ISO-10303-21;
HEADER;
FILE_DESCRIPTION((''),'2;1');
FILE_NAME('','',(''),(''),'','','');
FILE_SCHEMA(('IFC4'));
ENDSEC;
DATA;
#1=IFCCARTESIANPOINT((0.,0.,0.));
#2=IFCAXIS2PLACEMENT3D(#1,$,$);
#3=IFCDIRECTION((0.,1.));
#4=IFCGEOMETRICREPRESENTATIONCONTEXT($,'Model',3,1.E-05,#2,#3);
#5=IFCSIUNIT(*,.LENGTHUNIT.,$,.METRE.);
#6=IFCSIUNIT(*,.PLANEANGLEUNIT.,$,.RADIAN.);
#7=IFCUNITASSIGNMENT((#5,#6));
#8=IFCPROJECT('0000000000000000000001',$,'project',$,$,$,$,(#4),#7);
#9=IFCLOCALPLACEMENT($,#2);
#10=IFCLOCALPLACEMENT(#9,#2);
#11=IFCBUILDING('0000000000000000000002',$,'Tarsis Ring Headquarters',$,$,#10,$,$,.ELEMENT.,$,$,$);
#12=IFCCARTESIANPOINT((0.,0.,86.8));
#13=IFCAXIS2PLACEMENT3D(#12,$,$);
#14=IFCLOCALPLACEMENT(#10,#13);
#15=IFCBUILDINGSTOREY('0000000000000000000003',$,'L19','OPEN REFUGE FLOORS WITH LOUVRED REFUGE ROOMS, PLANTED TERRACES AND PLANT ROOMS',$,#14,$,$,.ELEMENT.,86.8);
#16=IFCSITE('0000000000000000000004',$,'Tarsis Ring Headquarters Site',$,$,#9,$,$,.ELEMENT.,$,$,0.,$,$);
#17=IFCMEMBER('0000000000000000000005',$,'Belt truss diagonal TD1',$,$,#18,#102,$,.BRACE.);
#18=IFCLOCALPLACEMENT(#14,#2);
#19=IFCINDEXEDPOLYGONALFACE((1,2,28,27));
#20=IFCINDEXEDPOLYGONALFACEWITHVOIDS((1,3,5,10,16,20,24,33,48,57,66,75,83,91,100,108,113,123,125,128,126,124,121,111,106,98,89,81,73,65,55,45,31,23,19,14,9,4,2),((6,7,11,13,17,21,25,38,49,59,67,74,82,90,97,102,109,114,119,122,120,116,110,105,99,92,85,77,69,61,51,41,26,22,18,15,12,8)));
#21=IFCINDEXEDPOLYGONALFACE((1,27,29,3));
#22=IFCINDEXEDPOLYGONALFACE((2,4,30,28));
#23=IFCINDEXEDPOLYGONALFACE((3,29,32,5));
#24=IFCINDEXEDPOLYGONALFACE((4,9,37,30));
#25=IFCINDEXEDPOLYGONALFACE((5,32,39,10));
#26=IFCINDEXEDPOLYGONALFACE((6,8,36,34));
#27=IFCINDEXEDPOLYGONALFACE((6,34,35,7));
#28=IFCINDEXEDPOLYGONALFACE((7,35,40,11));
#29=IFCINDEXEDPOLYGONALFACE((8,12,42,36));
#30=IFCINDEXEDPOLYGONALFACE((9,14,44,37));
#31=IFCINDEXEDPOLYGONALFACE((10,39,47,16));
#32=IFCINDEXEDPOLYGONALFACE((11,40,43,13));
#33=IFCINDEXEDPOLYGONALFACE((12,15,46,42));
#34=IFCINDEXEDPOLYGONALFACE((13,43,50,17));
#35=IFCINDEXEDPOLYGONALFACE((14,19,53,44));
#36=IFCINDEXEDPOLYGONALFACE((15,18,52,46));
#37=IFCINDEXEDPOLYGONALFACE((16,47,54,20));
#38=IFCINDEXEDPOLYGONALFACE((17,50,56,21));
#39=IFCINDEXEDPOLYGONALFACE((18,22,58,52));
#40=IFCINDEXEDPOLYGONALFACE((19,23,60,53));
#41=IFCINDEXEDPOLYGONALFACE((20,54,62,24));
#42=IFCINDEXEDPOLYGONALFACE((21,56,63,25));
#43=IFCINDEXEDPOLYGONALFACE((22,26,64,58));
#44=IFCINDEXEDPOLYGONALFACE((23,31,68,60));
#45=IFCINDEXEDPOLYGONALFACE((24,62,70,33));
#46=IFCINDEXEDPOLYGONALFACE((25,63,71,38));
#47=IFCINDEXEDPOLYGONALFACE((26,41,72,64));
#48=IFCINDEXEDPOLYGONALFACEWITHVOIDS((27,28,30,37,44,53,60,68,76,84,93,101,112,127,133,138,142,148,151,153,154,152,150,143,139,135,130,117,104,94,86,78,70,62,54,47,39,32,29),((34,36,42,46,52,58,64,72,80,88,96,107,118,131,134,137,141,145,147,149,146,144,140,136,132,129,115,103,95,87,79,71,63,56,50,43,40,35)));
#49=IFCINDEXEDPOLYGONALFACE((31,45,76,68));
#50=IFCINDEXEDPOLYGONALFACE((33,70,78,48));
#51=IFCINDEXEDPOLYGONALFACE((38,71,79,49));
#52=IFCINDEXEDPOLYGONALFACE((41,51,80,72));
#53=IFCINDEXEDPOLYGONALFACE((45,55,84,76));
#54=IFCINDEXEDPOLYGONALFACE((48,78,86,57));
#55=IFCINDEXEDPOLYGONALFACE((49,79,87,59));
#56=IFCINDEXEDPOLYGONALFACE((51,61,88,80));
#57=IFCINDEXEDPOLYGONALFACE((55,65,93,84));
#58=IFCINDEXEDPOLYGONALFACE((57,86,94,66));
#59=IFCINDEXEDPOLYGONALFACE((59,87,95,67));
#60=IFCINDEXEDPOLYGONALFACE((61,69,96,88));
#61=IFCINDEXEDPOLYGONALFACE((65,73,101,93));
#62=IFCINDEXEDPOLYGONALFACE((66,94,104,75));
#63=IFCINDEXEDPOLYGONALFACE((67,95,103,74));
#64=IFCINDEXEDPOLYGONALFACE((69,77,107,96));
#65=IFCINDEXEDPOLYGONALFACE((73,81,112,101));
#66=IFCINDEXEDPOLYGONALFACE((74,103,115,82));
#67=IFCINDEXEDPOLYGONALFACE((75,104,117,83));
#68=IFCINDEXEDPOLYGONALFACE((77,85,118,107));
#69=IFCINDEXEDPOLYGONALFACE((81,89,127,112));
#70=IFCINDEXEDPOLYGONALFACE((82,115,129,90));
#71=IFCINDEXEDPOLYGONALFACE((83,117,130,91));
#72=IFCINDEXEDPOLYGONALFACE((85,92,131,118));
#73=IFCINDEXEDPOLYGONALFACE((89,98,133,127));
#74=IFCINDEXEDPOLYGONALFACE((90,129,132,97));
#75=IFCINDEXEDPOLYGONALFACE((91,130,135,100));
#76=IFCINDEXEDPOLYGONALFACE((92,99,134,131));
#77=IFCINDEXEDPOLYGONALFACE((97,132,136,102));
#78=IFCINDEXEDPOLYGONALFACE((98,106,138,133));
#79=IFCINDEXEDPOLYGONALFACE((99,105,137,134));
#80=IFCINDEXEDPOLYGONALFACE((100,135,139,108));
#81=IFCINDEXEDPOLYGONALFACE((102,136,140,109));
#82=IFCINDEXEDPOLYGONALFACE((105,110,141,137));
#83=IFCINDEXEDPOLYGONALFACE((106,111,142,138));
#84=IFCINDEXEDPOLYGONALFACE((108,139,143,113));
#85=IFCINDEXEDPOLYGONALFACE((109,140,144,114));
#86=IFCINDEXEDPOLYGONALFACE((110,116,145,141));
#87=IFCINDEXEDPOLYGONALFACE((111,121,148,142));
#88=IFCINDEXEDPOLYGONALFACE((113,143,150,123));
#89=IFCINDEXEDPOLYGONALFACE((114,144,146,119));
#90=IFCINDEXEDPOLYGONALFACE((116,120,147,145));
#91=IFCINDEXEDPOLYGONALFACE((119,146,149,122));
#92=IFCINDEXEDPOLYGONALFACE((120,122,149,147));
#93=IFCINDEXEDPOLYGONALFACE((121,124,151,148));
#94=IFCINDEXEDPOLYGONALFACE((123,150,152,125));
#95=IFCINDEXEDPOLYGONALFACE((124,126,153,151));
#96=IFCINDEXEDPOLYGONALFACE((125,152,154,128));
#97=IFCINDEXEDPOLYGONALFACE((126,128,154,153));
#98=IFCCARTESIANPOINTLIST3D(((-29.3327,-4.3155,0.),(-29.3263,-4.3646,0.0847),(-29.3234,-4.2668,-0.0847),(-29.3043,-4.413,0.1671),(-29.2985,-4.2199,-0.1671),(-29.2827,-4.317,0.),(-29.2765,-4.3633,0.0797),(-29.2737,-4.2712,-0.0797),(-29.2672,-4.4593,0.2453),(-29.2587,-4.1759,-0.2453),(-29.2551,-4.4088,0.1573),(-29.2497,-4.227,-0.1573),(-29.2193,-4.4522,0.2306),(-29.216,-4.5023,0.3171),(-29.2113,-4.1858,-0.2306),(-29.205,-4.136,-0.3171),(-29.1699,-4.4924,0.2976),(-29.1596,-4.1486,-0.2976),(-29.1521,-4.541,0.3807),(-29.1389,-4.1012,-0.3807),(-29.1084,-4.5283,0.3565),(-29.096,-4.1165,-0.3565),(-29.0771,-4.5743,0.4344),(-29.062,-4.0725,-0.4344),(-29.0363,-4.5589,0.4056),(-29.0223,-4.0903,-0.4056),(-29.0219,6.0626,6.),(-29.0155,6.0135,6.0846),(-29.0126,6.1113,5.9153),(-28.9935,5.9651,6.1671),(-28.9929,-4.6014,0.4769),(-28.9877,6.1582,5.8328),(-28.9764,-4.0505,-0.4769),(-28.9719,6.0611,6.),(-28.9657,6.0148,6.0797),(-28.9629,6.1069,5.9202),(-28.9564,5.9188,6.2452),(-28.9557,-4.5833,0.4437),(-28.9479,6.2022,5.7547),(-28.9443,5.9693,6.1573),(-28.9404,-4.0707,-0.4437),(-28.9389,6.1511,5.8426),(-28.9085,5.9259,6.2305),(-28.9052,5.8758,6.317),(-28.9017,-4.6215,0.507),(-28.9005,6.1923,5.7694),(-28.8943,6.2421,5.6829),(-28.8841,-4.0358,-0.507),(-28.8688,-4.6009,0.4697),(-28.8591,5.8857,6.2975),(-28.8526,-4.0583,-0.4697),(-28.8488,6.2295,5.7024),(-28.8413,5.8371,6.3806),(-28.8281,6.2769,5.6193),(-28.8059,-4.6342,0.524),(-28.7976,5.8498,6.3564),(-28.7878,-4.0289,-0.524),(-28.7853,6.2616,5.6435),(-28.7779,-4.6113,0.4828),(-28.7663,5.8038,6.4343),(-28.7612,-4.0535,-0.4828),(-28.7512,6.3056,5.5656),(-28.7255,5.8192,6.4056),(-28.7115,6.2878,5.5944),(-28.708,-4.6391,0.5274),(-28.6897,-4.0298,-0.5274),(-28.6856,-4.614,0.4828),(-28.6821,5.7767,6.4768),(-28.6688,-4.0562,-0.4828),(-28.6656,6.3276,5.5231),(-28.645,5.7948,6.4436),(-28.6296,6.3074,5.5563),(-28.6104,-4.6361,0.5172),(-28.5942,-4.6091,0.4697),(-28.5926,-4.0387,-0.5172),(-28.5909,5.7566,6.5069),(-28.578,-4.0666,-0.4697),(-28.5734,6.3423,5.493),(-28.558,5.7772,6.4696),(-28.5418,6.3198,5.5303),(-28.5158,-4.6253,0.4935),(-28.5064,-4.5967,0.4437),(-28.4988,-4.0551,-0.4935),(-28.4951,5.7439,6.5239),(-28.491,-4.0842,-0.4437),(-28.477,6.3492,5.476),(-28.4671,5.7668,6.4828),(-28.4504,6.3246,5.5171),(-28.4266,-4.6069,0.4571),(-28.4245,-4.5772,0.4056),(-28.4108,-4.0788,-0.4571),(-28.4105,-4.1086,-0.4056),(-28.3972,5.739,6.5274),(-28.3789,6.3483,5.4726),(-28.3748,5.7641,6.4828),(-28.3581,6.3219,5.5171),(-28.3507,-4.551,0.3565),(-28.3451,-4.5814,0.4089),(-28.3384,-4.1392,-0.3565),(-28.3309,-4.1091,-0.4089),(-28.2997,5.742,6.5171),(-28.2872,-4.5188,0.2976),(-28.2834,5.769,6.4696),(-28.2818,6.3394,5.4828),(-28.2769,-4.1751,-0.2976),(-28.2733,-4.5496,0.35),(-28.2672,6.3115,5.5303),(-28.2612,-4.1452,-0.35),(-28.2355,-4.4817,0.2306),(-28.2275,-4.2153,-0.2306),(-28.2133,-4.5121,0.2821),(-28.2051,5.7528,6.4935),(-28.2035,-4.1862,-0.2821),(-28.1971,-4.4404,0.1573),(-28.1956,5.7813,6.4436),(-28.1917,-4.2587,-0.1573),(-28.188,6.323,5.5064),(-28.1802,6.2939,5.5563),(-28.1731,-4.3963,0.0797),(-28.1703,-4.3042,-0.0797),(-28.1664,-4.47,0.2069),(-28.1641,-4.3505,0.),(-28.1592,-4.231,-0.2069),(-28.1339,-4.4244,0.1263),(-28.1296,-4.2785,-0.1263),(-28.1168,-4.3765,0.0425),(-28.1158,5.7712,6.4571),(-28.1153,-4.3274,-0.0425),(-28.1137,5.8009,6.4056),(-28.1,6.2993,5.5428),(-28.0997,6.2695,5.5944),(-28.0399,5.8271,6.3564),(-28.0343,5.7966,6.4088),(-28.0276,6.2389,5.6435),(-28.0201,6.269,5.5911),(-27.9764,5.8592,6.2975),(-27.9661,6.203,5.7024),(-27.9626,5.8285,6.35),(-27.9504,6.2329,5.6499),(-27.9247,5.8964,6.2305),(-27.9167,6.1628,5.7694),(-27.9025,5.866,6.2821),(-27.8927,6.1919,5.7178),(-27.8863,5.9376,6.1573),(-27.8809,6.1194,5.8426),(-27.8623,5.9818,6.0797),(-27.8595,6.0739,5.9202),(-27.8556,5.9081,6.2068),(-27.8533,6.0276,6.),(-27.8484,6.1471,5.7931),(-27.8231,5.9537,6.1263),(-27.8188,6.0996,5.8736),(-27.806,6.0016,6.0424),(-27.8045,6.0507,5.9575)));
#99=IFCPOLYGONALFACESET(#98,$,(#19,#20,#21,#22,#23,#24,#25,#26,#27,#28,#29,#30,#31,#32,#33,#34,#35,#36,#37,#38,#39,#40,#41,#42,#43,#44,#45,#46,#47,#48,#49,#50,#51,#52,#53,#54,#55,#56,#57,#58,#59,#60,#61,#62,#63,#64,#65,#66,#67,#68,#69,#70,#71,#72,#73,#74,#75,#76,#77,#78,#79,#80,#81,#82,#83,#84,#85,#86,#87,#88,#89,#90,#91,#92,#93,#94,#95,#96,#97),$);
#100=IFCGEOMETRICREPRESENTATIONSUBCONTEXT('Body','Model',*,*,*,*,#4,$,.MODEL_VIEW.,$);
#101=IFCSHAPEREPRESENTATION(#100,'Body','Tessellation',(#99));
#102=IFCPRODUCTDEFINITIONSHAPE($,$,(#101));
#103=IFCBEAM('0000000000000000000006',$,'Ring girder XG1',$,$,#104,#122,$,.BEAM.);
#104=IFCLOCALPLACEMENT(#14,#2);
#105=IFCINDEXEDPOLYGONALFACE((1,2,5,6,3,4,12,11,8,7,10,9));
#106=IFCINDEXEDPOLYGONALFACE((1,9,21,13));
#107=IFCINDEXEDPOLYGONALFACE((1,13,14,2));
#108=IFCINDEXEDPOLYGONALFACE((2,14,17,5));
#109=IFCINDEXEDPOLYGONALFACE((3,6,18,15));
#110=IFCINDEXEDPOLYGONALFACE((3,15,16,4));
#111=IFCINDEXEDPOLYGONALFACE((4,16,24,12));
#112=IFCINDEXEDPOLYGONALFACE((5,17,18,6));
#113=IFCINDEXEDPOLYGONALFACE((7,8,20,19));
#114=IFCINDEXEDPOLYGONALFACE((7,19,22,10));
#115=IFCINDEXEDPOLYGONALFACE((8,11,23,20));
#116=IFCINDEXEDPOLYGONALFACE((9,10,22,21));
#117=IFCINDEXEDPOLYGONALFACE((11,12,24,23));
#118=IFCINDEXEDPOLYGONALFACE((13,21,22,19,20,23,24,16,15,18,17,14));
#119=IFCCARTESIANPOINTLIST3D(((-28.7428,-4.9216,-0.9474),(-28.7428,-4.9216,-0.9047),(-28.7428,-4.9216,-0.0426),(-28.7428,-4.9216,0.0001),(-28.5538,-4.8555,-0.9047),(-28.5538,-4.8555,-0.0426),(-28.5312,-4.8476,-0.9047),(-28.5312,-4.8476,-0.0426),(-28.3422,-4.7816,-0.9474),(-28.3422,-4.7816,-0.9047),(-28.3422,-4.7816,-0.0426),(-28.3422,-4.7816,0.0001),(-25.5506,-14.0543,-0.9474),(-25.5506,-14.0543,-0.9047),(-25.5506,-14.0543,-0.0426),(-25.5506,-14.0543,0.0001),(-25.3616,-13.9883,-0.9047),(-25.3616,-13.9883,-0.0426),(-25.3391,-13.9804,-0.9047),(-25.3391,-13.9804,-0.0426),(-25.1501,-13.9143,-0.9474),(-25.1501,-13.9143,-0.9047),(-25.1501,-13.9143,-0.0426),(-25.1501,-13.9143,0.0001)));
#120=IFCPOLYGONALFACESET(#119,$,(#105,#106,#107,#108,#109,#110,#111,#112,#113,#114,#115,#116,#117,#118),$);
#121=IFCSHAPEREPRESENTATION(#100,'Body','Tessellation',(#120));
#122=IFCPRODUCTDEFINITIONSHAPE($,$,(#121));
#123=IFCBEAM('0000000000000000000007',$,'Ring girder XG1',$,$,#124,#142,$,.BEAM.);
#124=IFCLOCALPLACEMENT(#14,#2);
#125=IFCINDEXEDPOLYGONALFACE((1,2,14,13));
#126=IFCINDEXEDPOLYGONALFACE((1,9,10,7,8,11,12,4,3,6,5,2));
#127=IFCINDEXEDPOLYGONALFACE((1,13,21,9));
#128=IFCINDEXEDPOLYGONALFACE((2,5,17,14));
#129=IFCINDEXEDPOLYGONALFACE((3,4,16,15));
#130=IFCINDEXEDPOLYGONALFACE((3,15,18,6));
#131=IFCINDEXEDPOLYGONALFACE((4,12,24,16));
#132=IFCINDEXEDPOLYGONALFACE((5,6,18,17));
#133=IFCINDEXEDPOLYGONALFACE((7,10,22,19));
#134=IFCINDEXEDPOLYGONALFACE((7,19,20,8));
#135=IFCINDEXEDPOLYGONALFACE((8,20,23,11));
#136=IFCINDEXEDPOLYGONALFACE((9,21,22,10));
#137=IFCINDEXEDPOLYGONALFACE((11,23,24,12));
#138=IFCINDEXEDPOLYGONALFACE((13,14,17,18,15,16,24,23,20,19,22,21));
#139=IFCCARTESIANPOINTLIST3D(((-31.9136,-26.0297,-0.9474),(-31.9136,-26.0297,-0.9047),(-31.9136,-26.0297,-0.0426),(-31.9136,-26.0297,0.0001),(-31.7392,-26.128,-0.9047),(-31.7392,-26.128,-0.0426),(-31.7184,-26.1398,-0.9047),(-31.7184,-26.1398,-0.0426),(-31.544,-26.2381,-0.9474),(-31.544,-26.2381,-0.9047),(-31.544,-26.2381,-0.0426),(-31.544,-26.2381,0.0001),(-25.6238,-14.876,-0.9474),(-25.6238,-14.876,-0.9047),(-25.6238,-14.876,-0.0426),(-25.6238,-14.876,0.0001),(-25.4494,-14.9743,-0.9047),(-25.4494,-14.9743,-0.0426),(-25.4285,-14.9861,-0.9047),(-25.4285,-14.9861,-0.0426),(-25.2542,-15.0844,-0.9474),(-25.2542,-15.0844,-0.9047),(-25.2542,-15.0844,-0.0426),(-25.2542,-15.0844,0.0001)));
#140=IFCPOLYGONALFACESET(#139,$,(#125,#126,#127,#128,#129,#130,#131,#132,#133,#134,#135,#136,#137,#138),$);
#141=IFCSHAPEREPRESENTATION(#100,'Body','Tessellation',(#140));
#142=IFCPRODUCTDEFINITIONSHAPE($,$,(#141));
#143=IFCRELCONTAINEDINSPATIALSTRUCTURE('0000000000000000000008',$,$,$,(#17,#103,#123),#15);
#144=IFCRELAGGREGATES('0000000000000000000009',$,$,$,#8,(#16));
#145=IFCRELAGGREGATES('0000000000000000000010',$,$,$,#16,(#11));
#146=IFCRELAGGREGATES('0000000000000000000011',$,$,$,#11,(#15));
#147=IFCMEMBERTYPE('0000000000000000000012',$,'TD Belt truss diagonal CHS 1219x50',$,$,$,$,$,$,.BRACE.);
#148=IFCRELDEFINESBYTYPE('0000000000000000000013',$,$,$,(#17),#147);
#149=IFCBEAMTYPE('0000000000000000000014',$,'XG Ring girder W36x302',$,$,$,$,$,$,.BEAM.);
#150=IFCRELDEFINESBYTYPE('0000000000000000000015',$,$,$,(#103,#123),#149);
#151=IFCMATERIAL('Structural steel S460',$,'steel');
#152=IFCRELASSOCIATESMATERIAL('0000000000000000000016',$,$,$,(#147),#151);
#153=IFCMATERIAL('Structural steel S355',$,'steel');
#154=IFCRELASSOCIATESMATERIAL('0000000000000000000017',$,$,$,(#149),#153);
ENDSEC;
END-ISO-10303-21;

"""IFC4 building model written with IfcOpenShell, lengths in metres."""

from ifc_helpers import new_model, si_unit, direction, frame, origin, origin_2d, place, context, subcontext, project, spatial, hollow_circle, i_section, extrude, material, material_profile, profile_set, type_object, element, save


model = new_model("IFC4")

# Units and contexts
model_context = context("Model", 3, precision=1e-05, world=origin(), true_north=direction((0.0, 1.0)))
body_context = subcontext(model_context, "Body", "Model", "MODEL_VIEW")
ifc_project = project(units=[si_unit("LENGTHUNIT", "METRE"), si_unit("PLANEANGLEUNIT", "RADIAN")], contexts=[model_context])

# Site, building, storey
site_placement = place(None, origin())
site = spatial("IfcSite", under=ifc_project, at=site_placement, Name="Tarsis Ring Headquarters Site", CompositionType="ELEMENT", RefElevation=0.0)
building_placement = place(site_placement, origin())
building = spatial("IfcBuilding", under=site, at=building_placement, Name="Tarsis Ring Headquarters", CompositionType="ELEMENT")
storey_placement = place(building_placement, frame((0.0, 0.0, 86.8)))
storey = spatial("IfcBuildingStorey", under=building, at=storey_placement, Name="L19", Description="OPEN REFUGE FLOORS WITH LOUVRED REFUGE ROOMS, PLANTED TERRACES AND PLANT ROOMS", CompositionType="ELEMENT", Elevation=86.8)

# Shared definitions
ifc_material_1 = material(Name="Structural steel S460", Category="steel")
ifc_material_profile_1 = material_profile(ifc_material_1, hollow_circle(Radius=0.6096, WallThickness=0.05, at=origin_2d()), Name="CHS 1219x50")
ifc_profile_set_1 = profile_set([ifc_material_profile_1], Name="Structural steel S460")

# Shared definitions
ifc_material_2 = material(Name="Structural steel S355", Category="steel")
ifc_material_profile_2 = material_profile(ifc_material_2, i_section(OverallWidth=0.4243, OverallDepth=0.9475, WebThickness=0.0239, FlangeThickness=0.0427, at=origin_2d()), Name="W36x302")
ifc_profile_set_2 = profile_set([ifc_material_profile_2], Name="Structural steel S355")

# Member
member_type = type_object("IfcMemberType", Name="TD Belt truss diagonal CHS 1219x50", PredefinedType="BRACE", material=ifc_profile_set_1)
member_1_placement = place(storey_placement, frame((-28.7234, -4.3337, 0.0), z_axis=(0.025917, 0.86544, 0.500342), x_axis=(-0.999552, 0.029933, 0.0)))
element("IfcMember", 1, at=member_1_placement, inside=storey, type_object=member_type, Name="Belt truss diagonal TD1", PredefinedType="BRACE", context=body_context, shape_type="SweptSolid", body=[
    extrude(hollow_circle(Radius=0.6096, WallThickness=0.05, at=origin_2d()), origin(), (0.0, 0.0, 1.0), 11.9917),
])

# Beams
beam_type_1 = type_object("IfcBeamType", Name="XG Ring girder W36x302", PredefinedType="BEAM", material=ifc_profile_set_2)
beam_1_placement = place(storey_placement, frame((-28.5425, -4.8516, -0.4736), z_axis=(0.32995, -0.943998, 0.0), x_axis=(0.943998, 0.32995, 0.0)))
element("IfcBeam", 2, at=beam_1_placement, inside=storey, type_object=beam_type_1, Name="Ring girder XG1", PredefinedType="BEAM", context=body_context, shape_type="SweptSolid", body=[
    extrude(i_section(OverallWidth=0.4243, OverallDepth=0.9475, WebThickness=0.0239, FlangeThickness=0.0427, at=origin_2d()), origin(), (0.0, 0.0, 1.0), 9.6746),
])
beam_2_placement = place(storey_placement, frame((-25.439, -14.9802, -0.4736), z_axis=(-0.491205, -0.871044, 0.0), x_axis=(0.871044, -0.491205, 0.0)))
element("IfcBeam", 3, at=beam_2_placement, inside=storey, type_object=beam_type_1, Name="Ring girder XG1", PredefinedType="BEAM", context=body_context, shape_type="SweptSolid", body=[
    extrude(i_section(OverallWidth=0.4243, OverallDepth=0.9475, WebThickness=0.0239, FlangeThickness=0.0427, at=origin_2d()), origin(), (0.0, 0.0, 1.0), 12.8049),
])

save(model, "model.ifc")
